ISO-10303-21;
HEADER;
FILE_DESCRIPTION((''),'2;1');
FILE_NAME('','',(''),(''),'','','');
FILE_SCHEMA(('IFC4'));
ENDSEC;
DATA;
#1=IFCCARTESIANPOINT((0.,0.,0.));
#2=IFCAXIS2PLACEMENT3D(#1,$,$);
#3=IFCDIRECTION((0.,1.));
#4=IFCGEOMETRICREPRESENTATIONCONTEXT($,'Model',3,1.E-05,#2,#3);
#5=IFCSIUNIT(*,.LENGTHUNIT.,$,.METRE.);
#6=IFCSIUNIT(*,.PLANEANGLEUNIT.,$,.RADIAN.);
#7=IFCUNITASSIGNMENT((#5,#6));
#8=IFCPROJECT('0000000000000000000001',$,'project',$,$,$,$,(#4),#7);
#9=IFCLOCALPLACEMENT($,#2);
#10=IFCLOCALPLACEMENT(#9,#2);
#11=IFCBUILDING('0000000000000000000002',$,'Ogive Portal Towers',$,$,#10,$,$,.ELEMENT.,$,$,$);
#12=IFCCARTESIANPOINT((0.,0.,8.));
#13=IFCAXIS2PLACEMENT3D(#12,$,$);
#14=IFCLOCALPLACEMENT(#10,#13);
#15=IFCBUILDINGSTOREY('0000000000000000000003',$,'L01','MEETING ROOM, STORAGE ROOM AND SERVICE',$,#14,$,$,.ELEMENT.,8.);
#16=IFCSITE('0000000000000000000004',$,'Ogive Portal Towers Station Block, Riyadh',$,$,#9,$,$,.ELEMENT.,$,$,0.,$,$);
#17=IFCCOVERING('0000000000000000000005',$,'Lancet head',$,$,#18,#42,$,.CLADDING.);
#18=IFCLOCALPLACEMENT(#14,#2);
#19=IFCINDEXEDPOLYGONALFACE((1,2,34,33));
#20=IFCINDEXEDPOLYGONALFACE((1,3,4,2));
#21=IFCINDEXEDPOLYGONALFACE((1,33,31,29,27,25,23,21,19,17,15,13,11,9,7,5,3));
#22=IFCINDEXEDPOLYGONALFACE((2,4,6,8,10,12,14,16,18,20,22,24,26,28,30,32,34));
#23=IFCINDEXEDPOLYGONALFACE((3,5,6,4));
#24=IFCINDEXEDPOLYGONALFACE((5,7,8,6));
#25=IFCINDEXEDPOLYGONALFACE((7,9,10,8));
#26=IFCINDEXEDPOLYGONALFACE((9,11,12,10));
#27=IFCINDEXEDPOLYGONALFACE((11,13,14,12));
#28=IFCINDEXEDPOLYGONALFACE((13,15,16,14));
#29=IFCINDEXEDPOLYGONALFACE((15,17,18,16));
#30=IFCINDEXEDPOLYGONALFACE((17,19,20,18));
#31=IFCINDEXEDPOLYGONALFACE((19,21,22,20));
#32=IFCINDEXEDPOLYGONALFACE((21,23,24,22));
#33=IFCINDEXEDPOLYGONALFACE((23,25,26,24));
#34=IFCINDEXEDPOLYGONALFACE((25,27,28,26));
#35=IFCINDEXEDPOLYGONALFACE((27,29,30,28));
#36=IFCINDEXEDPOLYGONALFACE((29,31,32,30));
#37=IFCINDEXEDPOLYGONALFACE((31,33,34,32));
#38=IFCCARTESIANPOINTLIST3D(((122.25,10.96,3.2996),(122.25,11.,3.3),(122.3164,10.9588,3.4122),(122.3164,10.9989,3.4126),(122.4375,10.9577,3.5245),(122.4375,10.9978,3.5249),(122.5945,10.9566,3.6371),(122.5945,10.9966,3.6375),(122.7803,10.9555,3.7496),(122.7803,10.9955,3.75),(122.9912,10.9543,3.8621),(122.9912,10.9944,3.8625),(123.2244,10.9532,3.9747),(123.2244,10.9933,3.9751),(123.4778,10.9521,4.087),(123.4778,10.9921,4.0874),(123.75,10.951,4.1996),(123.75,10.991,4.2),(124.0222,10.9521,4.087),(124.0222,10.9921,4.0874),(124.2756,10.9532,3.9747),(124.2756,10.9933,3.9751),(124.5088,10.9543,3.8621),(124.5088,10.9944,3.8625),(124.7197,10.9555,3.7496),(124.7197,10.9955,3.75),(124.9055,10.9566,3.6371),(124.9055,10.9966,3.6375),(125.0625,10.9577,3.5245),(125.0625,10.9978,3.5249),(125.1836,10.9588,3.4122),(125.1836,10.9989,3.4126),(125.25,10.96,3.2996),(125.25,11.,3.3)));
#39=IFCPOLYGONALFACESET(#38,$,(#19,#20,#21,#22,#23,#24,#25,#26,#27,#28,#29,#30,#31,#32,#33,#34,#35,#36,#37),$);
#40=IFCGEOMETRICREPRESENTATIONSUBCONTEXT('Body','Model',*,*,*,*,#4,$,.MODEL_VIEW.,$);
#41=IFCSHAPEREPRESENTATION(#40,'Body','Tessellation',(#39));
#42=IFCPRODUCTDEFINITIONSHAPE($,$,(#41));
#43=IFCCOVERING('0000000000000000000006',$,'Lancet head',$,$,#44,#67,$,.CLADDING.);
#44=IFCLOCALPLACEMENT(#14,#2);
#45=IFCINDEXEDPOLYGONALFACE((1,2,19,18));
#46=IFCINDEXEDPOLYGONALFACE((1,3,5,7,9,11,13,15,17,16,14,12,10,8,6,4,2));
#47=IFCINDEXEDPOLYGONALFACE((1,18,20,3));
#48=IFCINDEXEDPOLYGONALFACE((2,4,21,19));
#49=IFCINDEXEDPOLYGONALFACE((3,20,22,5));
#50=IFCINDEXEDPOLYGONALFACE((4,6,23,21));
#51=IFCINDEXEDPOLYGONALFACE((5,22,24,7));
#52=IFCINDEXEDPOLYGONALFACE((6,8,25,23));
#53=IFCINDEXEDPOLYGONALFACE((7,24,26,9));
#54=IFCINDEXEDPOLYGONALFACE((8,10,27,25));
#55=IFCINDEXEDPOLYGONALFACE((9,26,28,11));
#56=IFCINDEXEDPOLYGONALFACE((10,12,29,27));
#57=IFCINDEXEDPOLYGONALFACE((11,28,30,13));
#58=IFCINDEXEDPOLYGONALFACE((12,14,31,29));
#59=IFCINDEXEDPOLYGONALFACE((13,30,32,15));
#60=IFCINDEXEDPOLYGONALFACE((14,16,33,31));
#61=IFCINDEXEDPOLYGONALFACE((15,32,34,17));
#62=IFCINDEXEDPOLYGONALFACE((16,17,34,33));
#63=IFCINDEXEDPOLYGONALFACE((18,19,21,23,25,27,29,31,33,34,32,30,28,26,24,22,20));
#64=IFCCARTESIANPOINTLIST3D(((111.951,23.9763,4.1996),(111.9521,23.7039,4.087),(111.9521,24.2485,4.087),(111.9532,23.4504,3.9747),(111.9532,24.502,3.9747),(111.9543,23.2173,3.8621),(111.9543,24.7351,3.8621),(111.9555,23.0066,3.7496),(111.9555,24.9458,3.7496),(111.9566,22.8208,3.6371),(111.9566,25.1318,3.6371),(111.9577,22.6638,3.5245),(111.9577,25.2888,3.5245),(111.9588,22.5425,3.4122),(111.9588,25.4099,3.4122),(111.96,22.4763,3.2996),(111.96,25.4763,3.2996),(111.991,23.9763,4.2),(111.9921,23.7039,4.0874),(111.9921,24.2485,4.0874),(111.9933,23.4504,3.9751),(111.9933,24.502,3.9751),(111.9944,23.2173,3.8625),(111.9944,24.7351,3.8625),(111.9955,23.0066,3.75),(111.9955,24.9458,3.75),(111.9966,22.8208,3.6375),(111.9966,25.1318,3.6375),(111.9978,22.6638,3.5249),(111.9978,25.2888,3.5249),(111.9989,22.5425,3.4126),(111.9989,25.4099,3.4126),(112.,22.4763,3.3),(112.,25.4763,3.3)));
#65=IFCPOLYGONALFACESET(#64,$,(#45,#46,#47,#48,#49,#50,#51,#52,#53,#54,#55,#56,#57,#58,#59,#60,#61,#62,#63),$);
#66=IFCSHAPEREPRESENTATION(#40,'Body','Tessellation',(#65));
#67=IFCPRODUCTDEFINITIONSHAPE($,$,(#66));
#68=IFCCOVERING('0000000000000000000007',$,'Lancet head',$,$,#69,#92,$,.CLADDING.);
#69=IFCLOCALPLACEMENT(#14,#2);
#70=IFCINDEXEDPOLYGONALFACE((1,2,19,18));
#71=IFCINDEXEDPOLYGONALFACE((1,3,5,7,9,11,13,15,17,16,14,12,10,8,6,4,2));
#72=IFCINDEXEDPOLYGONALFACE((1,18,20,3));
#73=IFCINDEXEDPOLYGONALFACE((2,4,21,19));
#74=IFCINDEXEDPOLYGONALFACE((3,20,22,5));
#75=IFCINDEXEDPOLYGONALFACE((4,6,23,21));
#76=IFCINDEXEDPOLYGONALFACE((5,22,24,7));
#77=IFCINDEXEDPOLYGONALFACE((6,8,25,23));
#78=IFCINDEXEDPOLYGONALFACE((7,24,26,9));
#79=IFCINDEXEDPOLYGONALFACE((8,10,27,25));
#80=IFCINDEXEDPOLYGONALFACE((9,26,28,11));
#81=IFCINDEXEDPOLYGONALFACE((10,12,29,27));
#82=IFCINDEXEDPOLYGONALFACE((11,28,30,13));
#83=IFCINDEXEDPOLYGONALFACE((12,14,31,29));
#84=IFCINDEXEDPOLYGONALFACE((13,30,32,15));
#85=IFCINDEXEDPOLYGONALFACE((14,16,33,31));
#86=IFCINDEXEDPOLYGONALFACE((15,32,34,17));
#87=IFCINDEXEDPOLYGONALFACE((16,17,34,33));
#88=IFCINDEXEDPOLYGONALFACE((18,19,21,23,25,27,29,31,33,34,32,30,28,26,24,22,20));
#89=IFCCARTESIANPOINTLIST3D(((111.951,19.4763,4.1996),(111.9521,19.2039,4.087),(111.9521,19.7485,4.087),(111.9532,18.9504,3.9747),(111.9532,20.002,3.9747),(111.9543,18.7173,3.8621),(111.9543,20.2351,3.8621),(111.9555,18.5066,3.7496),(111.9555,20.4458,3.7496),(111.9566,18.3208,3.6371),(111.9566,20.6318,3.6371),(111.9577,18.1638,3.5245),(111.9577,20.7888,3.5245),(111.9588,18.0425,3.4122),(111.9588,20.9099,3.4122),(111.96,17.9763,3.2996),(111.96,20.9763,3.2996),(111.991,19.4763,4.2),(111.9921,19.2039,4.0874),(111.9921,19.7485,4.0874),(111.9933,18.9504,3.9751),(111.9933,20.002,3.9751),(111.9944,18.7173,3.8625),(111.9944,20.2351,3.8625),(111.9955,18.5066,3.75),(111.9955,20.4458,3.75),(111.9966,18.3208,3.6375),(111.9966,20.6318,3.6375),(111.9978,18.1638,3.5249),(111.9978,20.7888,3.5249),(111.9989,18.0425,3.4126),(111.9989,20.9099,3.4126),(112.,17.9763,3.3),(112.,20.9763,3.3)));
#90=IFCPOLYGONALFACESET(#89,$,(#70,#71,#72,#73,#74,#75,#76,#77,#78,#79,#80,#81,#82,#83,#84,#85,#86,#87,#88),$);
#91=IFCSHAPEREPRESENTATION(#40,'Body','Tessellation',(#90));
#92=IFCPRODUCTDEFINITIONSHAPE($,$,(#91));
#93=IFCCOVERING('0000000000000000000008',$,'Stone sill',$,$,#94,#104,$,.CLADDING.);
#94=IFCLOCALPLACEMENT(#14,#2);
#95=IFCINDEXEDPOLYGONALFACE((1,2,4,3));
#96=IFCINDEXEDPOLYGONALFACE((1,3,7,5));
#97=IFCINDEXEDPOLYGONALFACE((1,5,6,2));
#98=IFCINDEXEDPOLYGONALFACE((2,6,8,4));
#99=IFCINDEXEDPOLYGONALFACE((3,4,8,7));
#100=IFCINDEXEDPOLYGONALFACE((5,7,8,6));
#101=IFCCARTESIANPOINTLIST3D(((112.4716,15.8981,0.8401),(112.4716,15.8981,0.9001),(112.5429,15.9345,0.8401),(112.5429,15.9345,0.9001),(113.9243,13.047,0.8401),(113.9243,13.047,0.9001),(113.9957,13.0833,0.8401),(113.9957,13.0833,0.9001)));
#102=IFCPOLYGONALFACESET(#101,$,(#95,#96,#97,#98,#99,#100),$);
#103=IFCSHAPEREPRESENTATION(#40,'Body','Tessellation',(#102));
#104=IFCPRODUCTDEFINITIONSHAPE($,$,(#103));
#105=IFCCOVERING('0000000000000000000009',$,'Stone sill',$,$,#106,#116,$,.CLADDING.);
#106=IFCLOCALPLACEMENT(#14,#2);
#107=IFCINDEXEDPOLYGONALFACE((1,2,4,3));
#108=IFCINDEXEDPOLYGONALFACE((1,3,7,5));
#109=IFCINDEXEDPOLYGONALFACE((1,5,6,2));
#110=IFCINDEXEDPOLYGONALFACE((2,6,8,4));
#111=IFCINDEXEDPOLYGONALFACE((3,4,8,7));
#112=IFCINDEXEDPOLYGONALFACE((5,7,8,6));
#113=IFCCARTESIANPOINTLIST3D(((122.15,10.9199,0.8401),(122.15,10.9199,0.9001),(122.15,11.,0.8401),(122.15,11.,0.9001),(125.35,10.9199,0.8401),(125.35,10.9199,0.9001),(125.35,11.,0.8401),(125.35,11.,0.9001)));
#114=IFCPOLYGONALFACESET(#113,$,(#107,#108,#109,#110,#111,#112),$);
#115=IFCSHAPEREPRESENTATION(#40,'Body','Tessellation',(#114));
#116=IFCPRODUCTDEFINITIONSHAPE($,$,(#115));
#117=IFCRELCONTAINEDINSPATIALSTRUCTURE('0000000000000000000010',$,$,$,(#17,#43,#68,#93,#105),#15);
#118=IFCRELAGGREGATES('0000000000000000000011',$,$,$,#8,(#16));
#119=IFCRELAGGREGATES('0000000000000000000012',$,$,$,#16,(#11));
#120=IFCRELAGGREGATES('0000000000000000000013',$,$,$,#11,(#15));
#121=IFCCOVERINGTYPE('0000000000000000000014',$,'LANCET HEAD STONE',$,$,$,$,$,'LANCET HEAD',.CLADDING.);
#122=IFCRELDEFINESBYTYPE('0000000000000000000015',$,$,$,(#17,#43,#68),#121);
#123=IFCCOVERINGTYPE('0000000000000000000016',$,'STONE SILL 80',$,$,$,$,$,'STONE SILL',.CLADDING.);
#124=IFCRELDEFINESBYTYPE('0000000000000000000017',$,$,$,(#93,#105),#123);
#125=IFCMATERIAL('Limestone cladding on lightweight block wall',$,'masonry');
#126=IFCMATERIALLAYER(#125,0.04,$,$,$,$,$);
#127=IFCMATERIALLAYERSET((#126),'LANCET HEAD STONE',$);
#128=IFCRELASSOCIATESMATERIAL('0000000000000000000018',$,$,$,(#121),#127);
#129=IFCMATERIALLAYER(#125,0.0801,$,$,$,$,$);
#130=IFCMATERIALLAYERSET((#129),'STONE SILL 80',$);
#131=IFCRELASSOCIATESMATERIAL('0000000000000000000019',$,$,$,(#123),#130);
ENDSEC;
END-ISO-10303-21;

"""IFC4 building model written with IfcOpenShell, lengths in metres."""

from ifc_helpers import new_model, si_unit, direction, frame, origin, origin_2d, place, context, subcontext, project, spatial, polyline, rectangle, outline, extrude, material, layer, layer_set, type_object, element, save


model = new_model("IFC4")

# Units and contexts
model_context = context("Model", 3, precision=1e-05, world=origin(), true_north=direction((0.0, 1.0)))
body_context = subcontext(model_context, "Body", "Model", "MODEL_VIEW")
ifc_project = project(units=[si_unit("LENGTHUNIT", "METRE"), si_unit("PLANEANGLEUNIT", "RADIAN")], contexts=[model_context])

# Site, building, storey
site_placement = place(None, origin())
site = spatial("IfcSite", under=ifc_project, at=site_placement, Name="Ogive Portal Towers Station Block, Riyadh", CompositionType="ELEMENT", RefElevation=0.0)
building_placement = place(site_placement, origin())
building = spatial("IfcBuilding", under=site, at=building_placement, Name="Ogive Portal Towers", CompositionType="ELEMENT")
storey_placement = place(building_placement, frame((0.0, 0.0, 8.0)))
storey = spatial("IfcBuildingStorey", under=building, at=storey_placement, Name="L01", Description="MEETING ROOM, STORAGE ROOM AND SERVICE", CompositionType="ELEMENT", Elevation=8.0)

# Shared definitions
ifc_material_1 = material(Name="Limestone cladding on lightweight block wall", Category="masonry")

# Coverings
ifc_layer_1 = layer(ifc_material_1, 0.04)
ifc_layer_set_1 = layer_set([ifc_layer_1], Name="LANCET HEAD STONE")
covering_type_1 = type_object("IfcCoveringType", Name="LANCET HEAD STONE", ElementType="LANCET HEAD", PredefinedType="CLADDING", material=ifc_layer_set_1)
covering_1_placement = place(storey_placement, frame((122.25, 11.0, 3.3), z_axis=(0.0, 0.99995, 0.009994), x_axis=(1.0, 0.0, 0.0)))
element("IfcCovering", 1, at=covering_1_placement, inside=storey, type_object=covering_type_1, Name="Lancet head", PredefinedType="CLADDING", context=body_context, shape_type="SweptSolid", body=[
    extrude(outline(polyline([(0.0, 0.0), (3.0, 0.0), (2.9336, -0.1126), (2.8125, -0.2249), (2.6555, -0.3374), (2.4697, -0.45), (2.2588, -0.5625), (2.0256, -0.6751), (1.7722, -0.7874), (1.5, -0.8999), (1.2278, -0.7874), (0.9744, -0.6751), (0.7412, -0.5625), (0.5303, -0.45), (0.3445, -0.3374), (0.1875, -0.2249), (0.0664, -0.1126), (0.0, 0.0)])), origin(), (0.0, 0.0, -1.0), 0.04),
])
for number, where, z_axis, x_axis, name in (
    (2, (112.0, 25.4763, 3.3), (0.99995, 0.0, 0.009994), (0.0, -1.0, 0.0), "Lancet head"),
    (3, (112.0, 20.9763, 3.3), (0.99995, 0.0, 0.009994), (0.0, -1.0, 0.0), "Lancet head"),
):
    element("IfcCovering", number, at=place(storey_placement, frame(where, z_axis=z_axis, x_axis=x_axis)), inside=storey, type_object=covering_type_1, Name=name, PredefinedType="CLADDING", context=body_context, shape_type="SweptSolid", body=[
        extrude(outline(polyline([(0.0, 0.0), (3.0, 0.0), (2.9338, -0.1126), (2.8125, -0.2249), (2.6555, -0.3374), (2.4697, -0.45), (2.259, -0.5625), (2.0259, -0.6751), (1.7725, -0.7874), (1.5, -0.8999), (1.2278, -0.7874), (0.9744, -0.6751), (0.7412, -0.5625), (0.5305, -0.45), (0.3445, -0.3374), (0.1875, -0.2249), (0.0664, -0.1126), (0.0, 0.0)])), origin(), (0.0, 0.0, -1.0), 0.04),
    ])
ifc_layer_2 = layer(ifc_material_1, 0.0801)
ifc_layer_set_2 = layer_set([ifc_layer_2], Name="STONE SILL 80")
covering_type_2 = type_object("IfcCoveringType", Name="STONE SILL 80", ElementType="STONE SILL", PredefinedType="CLADDING", material=ifc_layer_set_2)
for number, where, z_axis, x_axis, name in (
    (4, (113.2336, 14.4907, 0.8401), (0.0, 0.0, 1.0), (0.45399, -0.891007, 0.0), "Stone sill"),
    (5, (123.75, 10.96, 0.8401), (0.0, 0.0, 1.0), (1.0, 0.0, 0.0), "Stone sill"),
):
    element("IfcCovering", number, at=place(storey_placement, frame(where, z_axis=z_axis, x_axis=x_axis)), inside=storey, type_object=covering_type_2, Name=name, PredefinedType="CLADDING", context=body_context, shape_type="SweptSolid", body=[
        extrude(rectangle(XDim=3.2, YDim=0.0801, at=origin_2d()), origin(), (0.0, 0.0, 1.0), 0.0601),
    ])

save(model, "model.ifc")
